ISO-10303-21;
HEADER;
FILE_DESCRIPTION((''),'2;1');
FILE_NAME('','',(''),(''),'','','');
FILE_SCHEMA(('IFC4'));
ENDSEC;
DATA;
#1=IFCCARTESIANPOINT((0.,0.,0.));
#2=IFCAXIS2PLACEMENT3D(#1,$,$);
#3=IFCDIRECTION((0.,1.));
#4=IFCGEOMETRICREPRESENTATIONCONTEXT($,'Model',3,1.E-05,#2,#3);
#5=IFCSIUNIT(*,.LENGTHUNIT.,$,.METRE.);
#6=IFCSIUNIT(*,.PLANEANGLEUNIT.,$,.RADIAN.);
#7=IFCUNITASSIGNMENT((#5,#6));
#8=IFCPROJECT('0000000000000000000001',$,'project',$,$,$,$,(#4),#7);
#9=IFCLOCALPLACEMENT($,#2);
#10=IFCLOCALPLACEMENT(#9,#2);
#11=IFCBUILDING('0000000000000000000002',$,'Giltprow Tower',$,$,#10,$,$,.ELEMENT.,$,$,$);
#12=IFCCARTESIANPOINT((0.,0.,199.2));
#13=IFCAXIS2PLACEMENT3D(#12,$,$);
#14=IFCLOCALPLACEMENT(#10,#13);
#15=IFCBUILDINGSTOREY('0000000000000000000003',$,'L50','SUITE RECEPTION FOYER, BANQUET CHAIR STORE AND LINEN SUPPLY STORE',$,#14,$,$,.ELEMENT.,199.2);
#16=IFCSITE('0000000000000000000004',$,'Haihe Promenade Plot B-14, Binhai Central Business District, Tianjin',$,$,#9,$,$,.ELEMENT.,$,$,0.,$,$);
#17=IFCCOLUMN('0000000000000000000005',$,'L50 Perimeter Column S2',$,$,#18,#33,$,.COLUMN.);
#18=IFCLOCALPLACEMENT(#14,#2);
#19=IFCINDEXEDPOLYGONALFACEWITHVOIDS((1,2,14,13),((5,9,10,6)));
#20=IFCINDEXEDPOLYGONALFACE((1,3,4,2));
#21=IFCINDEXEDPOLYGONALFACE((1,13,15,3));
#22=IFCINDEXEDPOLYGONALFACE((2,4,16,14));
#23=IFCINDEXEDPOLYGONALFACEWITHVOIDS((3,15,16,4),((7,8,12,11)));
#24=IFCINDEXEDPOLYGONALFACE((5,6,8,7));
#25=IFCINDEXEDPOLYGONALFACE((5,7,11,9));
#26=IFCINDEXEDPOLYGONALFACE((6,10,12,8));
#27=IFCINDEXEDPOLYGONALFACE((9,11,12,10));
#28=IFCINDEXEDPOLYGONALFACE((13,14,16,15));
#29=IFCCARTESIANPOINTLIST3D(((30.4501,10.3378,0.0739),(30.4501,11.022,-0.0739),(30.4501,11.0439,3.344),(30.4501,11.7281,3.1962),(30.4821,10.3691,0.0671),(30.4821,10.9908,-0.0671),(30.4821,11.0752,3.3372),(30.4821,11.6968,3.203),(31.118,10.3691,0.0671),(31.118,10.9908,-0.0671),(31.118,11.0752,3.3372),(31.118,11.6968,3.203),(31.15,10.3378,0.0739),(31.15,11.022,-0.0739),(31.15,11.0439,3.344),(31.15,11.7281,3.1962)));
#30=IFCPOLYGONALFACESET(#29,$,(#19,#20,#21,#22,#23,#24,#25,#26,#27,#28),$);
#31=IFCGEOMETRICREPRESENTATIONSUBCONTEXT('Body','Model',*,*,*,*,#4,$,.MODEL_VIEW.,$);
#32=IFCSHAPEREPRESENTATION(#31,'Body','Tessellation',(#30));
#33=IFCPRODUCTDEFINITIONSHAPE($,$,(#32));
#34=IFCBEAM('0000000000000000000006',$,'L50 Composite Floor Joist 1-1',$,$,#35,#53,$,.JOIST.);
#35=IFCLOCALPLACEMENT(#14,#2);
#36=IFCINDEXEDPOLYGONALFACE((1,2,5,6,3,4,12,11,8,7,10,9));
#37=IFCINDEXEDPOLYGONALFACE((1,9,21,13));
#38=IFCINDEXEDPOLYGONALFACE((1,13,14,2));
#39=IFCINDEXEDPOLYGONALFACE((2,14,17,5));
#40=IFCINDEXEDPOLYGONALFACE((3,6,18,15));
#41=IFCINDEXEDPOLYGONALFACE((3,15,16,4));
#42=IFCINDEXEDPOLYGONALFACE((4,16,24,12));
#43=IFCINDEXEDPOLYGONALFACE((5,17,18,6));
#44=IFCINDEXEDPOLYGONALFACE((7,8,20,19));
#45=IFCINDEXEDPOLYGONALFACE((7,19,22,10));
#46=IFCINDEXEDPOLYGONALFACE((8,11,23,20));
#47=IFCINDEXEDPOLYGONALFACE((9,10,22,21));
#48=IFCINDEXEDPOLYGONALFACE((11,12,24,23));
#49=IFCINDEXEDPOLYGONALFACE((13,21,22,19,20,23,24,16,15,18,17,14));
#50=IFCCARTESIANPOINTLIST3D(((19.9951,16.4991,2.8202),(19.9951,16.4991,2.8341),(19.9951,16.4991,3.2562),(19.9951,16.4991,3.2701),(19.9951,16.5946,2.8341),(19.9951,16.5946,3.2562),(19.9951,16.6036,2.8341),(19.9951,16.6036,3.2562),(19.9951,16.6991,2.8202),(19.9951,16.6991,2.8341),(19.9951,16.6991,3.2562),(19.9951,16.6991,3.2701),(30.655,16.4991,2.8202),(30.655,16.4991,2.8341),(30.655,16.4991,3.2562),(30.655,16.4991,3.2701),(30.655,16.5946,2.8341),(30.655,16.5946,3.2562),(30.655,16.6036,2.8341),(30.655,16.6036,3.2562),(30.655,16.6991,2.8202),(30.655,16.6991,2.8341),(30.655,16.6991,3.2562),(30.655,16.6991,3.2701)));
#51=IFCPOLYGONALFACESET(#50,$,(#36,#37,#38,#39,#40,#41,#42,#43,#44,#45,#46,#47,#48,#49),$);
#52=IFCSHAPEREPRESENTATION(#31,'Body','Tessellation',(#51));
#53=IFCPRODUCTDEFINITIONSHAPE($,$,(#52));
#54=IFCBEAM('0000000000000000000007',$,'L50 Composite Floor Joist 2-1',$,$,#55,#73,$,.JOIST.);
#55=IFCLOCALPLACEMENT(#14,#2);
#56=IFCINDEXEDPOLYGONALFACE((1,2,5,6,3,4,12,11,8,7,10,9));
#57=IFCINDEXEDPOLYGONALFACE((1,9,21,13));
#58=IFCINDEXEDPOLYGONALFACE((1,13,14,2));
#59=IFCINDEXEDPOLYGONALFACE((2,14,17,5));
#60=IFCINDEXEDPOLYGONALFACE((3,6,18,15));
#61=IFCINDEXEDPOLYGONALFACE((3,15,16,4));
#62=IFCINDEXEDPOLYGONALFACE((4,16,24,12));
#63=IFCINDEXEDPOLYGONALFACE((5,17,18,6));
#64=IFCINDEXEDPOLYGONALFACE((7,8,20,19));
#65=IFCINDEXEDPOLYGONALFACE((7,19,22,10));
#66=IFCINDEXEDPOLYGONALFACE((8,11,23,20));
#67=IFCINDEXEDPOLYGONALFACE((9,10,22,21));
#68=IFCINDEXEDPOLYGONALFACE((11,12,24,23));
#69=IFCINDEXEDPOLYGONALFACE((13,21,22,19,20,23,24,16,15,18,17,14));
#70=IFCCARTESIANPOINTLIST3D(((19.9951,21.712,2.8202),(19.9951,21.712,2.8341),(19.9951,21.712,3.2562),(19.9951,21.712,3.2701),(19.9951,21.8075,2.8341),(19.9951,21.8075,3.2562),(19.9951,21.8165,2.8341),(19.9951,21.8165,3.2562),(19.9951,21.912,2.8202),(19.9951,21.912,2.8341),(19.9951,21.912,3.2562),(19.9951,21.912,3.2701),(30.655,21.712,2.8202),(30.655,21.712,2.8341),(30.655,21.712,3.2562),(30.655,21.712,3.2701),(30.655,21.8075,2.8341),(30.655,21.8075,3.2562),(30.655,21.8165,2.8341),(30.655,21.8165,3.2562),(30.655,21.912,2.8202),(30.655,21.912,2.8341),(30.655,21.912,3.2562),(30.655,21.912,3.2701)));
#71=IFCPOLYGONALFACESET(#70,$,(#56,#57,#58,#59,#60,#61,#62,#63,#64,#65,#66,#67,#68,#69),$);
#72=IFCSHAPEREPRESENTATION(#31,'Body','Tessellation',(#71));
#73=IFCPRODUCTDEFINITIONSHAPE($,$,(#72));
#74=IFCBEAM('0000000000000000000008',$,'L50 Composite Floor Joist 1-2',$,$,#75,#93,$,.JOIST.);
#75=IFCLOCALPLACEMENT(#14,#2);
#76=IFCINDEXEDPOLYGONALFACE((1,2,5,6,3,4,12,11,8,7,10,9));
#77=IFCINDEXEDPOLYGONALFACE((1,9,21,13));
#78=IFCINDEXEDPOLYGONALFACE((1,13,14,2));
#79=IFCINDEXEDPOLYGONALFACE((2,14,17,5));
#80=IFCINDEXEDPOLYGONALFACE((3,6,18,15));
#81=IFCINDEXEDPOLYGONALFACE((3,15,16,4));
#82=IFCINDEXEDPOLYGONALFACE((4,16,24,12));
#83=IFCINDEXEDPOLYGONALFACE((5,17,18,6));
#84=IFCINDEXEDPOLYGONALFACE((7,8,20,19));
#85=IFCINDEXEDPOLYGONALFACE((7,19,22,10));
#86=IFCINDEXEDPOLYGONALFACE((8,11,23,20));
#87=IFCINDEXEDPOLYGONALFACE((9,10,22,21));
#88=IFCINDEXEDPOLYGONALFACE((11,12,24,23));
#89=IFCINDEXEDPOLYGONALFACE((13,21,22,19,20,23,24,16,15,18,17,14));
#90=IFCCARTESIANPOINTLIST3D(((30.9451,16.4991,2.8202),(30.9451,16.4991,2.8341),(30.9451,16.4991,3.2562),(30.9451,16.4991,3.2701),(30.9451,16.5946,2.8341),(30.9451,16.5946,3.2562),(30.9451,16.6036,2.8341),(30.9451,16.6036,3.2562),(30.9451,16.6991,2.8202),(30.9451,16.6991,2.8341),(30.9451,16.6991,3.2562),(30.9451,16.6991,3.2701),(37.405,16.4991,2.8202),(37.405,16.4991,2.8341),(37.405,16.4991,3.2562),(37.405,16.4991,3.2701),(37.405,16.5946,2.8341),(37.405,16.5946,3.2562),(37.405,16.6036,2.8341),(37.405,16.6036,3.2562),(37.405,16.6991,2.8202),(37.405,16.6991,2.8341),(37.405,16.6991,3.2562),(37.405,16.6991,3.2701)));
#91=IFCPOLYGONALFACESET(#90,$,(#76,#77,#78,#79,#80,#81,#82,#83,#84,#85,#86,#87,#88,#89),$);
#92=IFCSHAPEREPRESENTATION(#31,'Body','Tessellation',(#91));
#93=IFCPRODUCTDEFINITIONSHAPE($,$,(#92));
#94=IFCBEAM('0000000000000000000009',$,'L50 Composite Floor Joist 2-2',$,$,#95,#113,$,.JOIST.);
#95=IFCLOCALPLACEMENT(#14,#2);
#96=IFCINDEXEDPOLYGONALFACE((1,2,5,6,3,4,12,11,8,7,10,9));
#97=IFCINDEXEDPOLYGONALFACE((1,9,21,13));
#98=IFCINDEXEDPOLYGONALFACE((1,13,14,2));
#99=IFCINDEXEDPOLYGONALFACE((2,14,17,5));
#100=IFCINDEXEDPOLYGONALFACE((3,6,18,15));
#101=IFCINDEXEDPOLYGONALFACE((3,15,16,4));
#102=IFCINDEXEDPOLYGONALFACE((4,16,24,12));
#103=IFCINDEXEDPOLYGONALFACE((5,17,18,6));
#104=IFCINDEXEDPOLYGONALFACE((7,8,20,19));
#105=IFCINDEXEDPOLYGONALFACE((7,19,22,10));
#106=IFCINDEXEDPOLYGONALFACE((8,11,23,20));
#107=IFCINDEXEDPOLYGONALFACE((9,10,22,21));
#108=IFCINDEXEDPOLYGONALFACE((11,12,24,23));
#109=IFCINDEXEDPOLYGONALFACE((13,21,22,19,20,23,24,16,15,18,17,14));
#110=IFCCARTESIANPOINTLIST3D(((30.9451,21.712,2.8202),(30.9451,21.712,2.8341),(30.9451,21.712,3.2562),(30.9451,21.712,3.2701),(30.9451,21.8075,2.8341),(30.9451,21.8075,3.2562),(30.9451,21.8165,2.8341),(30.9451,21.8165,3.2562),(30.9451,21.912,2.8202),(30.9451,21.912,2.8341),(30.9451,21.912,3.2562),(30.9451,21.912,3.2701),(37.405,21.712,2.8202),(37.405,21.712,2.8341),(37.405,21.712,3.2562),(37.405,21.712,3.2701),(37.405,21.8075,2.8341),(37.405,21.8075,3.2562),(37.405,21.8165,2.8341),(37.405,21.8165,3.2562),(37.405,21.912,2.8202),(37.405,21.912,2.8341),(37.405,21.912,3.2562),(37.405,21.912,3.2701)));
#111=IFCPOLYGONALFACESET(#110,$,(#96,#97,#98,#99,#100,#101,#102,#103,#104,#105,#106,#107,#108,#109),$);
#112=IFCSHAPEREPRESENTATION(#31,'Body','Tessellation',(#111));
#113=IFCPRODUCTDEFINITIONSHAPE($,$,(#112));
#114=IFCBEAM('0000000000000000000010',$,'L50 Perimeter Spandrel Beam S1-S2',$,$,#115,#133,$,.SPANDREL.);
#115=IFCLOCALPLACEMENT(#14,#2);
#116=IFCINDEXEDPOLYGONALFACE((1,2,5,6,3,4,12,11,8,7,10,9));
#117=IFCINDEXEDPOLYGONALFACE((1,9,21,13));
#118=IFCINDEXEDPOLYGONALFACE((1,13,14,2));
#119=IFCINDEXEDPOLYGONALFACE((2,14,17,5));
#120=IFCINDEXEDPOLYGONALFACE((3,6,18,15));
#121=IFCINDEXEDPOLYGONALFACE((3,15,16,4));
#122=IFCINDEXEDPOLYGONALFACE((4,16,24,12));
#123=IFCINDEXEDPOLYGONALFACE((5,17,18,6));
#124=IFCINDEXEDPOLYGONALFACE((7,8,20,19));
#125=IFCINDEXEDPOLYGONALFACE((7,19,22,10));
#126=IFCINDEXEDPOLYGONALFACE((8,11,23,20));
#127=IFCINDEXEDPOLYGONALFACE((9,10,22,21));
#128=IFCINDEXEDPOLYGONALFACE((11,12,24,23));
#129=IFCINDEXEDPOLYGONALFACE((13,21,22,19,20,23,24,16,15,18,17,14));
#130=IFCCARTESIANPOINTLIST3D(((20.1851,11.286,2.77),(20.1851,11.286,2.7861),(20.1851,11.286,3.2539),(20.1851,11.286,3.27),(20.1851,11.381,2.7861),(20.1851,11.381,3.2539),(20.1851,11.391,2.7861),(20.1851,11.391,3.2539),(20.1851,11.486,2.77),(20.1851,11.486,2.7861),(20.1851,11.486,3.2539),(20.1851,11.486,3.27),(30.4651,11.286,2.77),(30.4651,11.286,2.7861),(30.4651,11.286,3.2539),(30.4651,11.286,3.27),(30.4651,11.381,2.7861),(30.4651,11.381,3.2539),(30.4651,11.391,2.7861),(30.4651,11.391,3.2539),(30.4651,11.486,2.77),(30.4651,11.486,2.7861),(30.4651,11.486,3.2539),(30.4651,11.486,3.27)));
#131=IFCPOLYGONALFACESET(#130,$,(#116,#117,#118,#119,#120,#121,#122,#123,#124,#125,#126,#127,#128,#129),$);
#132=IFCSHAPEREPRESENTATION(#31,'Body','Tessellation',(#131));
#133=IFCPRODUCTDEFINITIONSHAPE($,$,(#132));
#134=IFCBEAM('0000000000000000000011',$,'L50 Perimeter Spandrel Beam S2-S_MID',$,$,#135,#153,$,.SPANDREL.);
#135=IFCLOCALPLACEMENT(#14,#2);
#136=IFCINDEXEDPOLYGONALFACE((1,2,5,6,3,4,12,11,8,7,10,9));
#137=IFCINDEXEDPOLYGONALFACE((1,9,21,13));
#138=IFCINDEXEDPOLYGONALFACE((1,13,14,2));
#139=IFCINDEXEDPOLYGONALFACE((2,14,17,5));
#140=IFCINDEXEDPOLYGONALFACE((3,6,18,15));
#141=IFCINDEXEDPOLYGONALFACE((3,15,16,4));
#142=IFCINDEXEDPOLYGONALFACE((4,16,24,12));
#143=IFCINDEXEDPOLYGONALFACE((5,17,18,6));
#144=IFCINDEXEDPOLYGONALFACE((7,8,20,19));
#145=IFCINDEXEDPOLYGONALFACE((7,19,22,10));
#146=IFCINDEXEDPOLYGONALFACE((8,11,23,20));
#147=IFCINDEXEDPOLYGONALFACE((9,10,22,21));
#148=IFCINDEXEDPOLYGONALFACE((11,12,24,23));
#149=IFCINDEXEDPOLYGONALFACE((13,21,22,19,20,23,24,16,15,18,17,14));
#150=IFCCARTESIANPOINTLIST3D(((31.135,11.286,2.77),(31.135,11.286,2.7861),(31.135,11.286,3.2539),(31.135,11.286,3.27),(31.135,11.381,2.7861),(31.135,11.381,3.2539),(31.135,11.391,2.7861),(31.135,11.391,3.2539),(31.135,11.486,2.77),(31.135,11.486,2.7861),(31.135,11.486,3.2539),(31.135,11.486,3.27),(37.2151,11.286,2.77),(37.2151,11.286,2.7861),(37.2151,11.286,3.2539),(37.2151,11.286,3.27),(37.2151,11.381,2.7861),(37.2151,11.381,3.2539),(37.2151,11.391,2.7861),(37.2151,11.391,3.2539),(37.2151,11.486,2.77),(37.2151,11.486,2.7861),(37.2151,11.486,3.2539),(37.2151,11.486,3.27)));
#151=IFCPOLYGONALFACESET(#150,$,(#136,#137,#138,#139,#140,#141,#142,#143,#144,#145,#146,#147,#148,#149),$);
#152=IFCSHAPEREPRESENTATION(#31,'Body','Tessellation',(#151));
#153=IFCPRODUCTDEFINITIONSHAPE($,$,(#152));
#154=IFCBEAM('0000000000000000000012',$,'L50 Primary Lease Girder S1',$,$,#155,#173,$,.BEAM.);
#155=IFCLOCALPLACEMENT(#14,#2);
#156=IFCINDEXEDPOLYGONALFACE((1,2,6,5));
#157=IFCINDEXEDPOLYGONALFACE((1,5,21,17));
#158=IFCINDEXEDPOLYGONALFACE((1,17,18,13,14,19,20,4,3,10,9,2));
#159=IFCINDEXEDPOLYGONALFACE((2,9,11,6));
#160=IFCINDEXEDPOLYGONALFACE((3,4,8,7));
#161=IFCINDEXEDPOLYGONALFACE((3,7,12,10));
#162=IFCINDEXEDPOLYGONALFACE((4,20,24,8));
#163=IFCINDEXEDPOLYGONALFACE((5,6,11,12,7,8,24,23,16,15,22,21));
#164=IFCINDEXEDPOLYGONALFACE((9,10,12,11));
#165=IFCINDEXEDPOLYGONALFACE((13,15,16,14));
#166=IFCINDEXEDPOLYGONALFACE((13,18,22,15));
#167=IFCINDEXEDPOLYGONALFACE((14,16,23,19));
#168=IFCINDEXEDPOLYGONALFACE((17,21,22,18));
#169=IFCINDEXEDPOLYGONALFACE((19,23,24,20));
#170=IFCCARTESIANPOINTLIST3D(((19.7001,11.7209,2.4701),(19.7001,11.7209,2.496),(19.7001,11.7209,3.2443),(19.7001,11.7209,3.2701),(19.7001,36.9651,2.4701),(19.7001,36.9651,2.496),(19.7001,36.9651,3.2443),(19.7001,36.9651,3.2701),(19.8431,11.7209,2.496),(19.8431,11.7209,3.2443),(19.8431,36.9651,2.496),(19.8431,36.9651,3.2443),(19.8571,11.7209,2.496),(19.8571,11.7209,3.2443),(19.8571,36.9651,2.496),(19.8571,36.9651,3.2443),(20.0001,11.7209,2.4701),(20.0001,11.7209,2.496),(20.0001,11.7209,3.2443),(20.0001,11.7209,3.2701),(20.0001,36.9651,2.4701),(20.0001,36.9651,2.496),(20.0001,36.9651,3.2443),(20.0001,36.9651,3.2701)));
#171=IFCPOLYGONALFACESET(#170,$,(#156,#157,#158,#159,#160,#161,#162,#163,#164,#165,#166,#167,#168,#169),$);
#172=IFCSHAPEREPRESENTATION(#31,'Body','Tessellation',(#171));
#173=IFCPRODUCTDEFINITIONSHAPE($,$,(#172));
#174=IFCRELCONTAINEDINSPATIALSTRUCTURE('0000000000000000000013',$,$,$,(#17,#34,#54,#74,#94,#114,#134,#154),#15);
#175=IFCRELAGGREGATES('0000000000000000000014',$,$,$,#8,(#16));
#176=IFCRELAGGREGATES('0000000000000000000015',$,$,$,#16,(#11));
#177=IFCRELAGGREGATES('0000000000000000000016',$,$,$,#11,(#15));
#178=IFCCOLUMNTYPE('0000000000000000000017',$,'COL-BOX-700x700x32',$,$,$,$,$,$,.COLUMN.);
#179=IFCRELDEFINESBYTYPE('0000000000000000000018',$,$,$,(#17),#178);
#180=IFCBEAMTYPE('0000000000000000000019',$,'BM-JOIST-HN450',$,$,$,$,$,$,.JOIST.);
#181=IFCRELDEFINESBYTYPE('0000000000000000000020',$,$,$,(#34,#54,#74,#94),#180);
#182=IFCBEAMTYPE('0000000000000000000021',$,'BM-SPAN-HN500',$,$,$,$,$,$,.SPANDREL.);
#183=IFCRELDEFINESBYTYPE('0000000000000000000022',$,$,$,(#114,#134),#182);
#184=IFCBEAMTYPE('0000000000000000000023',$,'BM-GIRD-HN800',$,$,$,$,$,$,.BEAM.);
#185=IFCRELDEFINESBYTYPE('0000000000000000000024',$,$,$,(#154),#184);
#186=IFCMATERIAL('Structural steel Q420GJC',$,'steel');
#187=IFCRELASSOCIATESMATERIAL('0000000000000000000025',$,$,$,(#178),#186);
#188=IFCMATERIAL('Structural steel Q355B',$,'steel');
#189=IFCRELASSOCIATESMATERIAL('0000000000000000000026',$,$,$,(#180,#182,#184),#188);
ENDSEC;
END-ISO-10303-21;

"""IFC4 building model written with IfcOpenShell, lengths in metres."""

from ifc_helpers import new_model, si_unit, direction, frame, origin, origin_2d, place, context, subcontext, project, spatial, hollow_rectangle, i_section, extrude, source, transform, mapped, material, material_profile, profile_set, type_object, element, save


model = new_model("IFC4")

# Units and contexts
model_context = context("Model", 3, precision=1e-05, world=origin(), true_north=direction((0.0, 1.0)))
body_context = subcontext(model_context, "Body", "Model", "MODEL_VIEW")
ifc_project = project(units=[si_unit("LENGTHUNIT", "METRE"), si_unit("PLANEANGLEUNIT", "RADIAN")], contexts=[model_context])

# Site, building, storey
site_placement = place(None, origin())
site = spatial("IfcSite", under=ifc_project, at=site_placement, Name="Haihe Promenade Plot B-14, Binhai Central Business District, Tianjin", CompositionType="ELEMENT", RefElevation=0.0)
building_placement = place(site_placement, origin())
building = spatial("IfcBuilding", under=site, at=building_placement, Name="Giltprow Tower", CompositionType="ELEMENT")
storey_placement = place(building_placement, frame((0.0, 0.0, 199.2)))
storey = spatial("IfcBuildingStorey", under=building, at=storey_placement, Name="L50", Description="SUITE RECEPTION FOYER, BANQUET CHAIR STORE AND LINEN SUPPLY STORE", CompositionType="ELEMENT", Elevation=199.2)

# Column
ifc_material_1 = material(Name="Structural steel Q420GJC", Category="steel")
ifc_material_profile_1 = material_profile(ifc_material_1, hollow_rectangle(XDim=0.7, YDim=0.7, WallThickness=0.032, at=origin_2d()), Name="BOX 700x700x32")
ifc_profile_set_1 = profile_set([ifc_material_profile_1], Name="Structural steel Q420GJC")
column_type = type_object("IfcColumnType", Name="COL-BOX-700x700x32", PredefinedType="COLUMN", material=ifc_profile_set_1)
shared_shape_1 = source(origin(), body_context, "Body", "SweptSolid", [
    extrude(hollow_rectangle(XDim=0.7, YDim=0.7, WallThickness=0.032, at=origin_2d()), origin(), (0.0, 0.0, 1.0), 3.3455),
])
column_placement = place(storey_placement, frame((30.8, 10.6799, 0.0), z_axis=(0.0, 0.211054, 0.977474), x_axis=(-1.0, 0.0, 0.0)))
element("IfcColumn", 1, at=column_placement, inside=storey, type_object=column_type, Name="L50 Perimeter Column S2", PredefinedType="COLUMN", context=body_context, shape_type="MappedRepresentation", body=[
    mapped(shared_shape_1, transform((0.0, 0.0, 0.0), x_axis=(1.0, 0.0, 0.0), y_axis=(0.0, 1.0, 0.0), z_axis=(0.0, 0.0, 1.0), scale=1.0)),
])

# Beams
ifc_material_2 = material(Name="Structural steel Q355B", Category="steel")
ifc_material_profile_2 = material_profile(ifc_material_2, i_section(OverallWidth=0.2, OverallDepth=0.45, WebThickness=0.009, FlangeThickness=0.0139, at=origin_2d()), Name="HN 450x200x9x14")
ifc_profile_set_2 = profile_set([ifc_material_profile_2], Name="Structural steel Q355B")
beam_type_1 = type_object("IfcBeamType", Name="BM-JOIST-HN450", PredefinedType="JOIST", material=ifc_profile_set_2)
shared_shape_2 = source(origin(), body_context, "Body", "SweptSolid", [
    extrude(i_section(OverallWidth=0.2, OverallDepth=0.45, WebThickness=0.009, FlangeThickness=0.0139, at=origin_2d()), origin(), (0.0, 0.0, 1.0), 10.6599),
])
for number, where, z_axis, x_axis, name in (
    (2, (19.9951, 16.5991, 3.0452), (1.0, 0.0, 0.0), (0.0, 1.0, 0.0), "L50 Composite Floor Joist 1-1"),
    (3, (19.9951, 21.812, 3.0452), (1.0, 0.0, 0.0), (0.0, 1.0, 0.0), "L50 Composite Floor Joist 2-1"),
):
    element("IfcBeam", number, at=place(storey_placement, frame(where, z_axis=z_axis, x_axis=x_axis)), inside=storey, type_object=beam_type_1, Name=name, PredefinedType="JOIST", context=body_context, shape_type="MappedRepresentation", body=[
        mapped(shared_shape_2, transform((0.0, 0.0, 0.0), x_axis=(1.0, 0.0, 0.0), y_axis=(0.0, 1.0, 0.0), z_axis=(0.0, 0.0, 1.0), scale=1.0)),
    ])
shared_shape_3 = source(origin(), body_context, "Body", "SweptSolid", [
    extrude(i_section(OverallWidth=0.2, OverallDepth=0.45, WebThickness=0.009, FlangeThickness=0.0139, at=origin_2d()), origin(), (0.0, 0.0, 1.0), 6.46),
])
for number, where, z_axis, x_axis, name in (
    (4, (30.9451, 16.5991, 3.0452), (1.0, 0.0, 0.0), (0.0, 1.0, 0.0), "L50 Composite Floor Joist 1-2"),
    (5, (30.9451, 21.812, 3.0452), (1.0, 0.0, 0.0), (0.0, 1.0, 0.0), "L50 Composite Floor Joist 2-2"),
):
    element("IfcBeam", number, at=place(storey_placement, frame(where, z_axis=z_axis, x_axis=x_axis)), inside=storey, type_object=beam_type_1, Name=name, PredefinedType="JOIST", context=body_context, shape_type="MappedRepresentation", body=[
        mapped(shared_shape_3, transform((0.0, 0.0, 0.0), x_axis=(1.0, 0.0, 0.0), y_axis=(0.0, 1.0, 0.0), z_axis=(0.0, 0.0, 1.0), scale=1.0)),
    ])
ifc_material_profile_3 = material_profile(ifc_material_2, i_section(OverallWidth=0.2, OverallDepth=0.5, WebThickness=0.01, FlangeThickness=0.0161, at=origin_2d()), Name="HN 500x200x10x16")
ifc_profile_set_3 = profile_set([ifc_material_profile_3], Name="Structural steel Q355B")
beam_type_2 = type_object("IfcBeamType", Name="BM-SPAN-HN500", PredefinedType="SPANDREL", material=ifc_profile_set_3)
shared_shape_4 = source(origin(), body_context, "Body", "SweptSolid", [
    extrude(i_section(OverallWidth=0.2, OverallDepth=0.5, WebThickness=0.01, FlangeThickness=0.0161, at=origin_2d()), origin(), (0.0, 0.0, 1.0), 10.28),
])
beam_1_placement = place(storey_placement, frame((20.1851, 11.386, 3.02), z_axis=(1.0, 0.0, 0.0), x_axis=(0.0, 1.0, 0.0)))
element("IfcBeam", 6, at=beam_1_placement, inside=storey, type_object=beam_type_2, Name="L50 Perimeter Spandrel Beam S1-S2", PredefinedType="SPANDREL", context=body_context, shape_type="MappedRepresentation", body=[
    mapped(shared_shape_4, transform((0.0, 0.0, 0.0), x_axis=(1.0, 0.0, 0.0), y_axis=(0.0, 1.0, 0.0), z_axis=(0.0, 0.0, 1.0), scale=1.0)),
])
shared_shape_5 = source(origin(), body_context, "Body", "SweptSolid", [
    extrude(i_section(OverallWidth=0.2, OverallDepth=0.5, WebThickness=0.01, FlangeThickness=0.0161, at=origin_2d()), origin(), (0.0, 0.0, 1.0), 6.0801),
])
beam_2_placement = place(storey_placement, frame((31.135, 11.386, 3.02), z_axis=(1.0, 0.0, 0.0), x_axis=(0.0, 1.0, 0.0)))
element("IfcBeam", 7, at=beam_2_placement, inside=storey, type_object=beam_type_2, Name="L50 Perimeter Spandrel Beam S2-S_MID", PredefinedType="SPANDREL", context=body_context, shape_type="MappedRepresentation", body=[
    mapped(shared_shape_5, transform((0.0, 0.0, 0.0), x_axis=(1.0, 0.0, 0.0), y_axis=(0.0, 1.0, 0.0), z_axis=(0.0, 0.0, 1.0), scale=1.0)),
])
ifc_material_profile_4 = material_profile(ifc_material_2, i_section(OverallWidth=0.3, OverallDepth=0.8, WebThickness=0.0139, FlangeThickness=0.0259, at=origin_2d()), Name="HN 800x300x14x26")
ifc_profile_set_4 = profile_set([ifc_material_profile_4], Name="Structural steel Q355B")
beam_type_3 = type_object("IfcBeamType", Name="BM-GIRD-HN800", PredefinedType="BEAM", material=ifc_profile_set_4)
shared_shape_6 = source(origin(), body_context, "Body", "SweptSolid", [
    extrude(i_section(OverallWidth=0.3, OverallDepth=0.8, WebThickness=0.0139, FlangeThickness=0.0259, at=origin_2d()), origin(), (0.0, 0.0, 1.0), 25.2441),
])
for number, where, z_axis, x_axis, name in (
    (8, (19.8501, 11.7209, 2.8701), (0.0, 1.0, 0.0), (-1.0, 0.0, 0.0), "L50 Primary Lease Girder S1"),
):
    element("IfcBeam", number, at=place(storey_placement, frame(where, z_axis=z_axis, x_axis=x_axis)), inside=storey, type_object=beam_type_3, Name=name, PredefinedType="BEAM", context=body_context, shape_type="MappedRepresentation", body=[
        mapped(shared_shape_6, transform((0.0, 0.0, 0.0), x_axis=(1.0, 0.0, 0.0), y_axis=(0.0, 1.0, 0.0), z_axis=(0.0, 0.0, 1.0), scale=1.0)),
    ])

save(model, "model.ifc")
